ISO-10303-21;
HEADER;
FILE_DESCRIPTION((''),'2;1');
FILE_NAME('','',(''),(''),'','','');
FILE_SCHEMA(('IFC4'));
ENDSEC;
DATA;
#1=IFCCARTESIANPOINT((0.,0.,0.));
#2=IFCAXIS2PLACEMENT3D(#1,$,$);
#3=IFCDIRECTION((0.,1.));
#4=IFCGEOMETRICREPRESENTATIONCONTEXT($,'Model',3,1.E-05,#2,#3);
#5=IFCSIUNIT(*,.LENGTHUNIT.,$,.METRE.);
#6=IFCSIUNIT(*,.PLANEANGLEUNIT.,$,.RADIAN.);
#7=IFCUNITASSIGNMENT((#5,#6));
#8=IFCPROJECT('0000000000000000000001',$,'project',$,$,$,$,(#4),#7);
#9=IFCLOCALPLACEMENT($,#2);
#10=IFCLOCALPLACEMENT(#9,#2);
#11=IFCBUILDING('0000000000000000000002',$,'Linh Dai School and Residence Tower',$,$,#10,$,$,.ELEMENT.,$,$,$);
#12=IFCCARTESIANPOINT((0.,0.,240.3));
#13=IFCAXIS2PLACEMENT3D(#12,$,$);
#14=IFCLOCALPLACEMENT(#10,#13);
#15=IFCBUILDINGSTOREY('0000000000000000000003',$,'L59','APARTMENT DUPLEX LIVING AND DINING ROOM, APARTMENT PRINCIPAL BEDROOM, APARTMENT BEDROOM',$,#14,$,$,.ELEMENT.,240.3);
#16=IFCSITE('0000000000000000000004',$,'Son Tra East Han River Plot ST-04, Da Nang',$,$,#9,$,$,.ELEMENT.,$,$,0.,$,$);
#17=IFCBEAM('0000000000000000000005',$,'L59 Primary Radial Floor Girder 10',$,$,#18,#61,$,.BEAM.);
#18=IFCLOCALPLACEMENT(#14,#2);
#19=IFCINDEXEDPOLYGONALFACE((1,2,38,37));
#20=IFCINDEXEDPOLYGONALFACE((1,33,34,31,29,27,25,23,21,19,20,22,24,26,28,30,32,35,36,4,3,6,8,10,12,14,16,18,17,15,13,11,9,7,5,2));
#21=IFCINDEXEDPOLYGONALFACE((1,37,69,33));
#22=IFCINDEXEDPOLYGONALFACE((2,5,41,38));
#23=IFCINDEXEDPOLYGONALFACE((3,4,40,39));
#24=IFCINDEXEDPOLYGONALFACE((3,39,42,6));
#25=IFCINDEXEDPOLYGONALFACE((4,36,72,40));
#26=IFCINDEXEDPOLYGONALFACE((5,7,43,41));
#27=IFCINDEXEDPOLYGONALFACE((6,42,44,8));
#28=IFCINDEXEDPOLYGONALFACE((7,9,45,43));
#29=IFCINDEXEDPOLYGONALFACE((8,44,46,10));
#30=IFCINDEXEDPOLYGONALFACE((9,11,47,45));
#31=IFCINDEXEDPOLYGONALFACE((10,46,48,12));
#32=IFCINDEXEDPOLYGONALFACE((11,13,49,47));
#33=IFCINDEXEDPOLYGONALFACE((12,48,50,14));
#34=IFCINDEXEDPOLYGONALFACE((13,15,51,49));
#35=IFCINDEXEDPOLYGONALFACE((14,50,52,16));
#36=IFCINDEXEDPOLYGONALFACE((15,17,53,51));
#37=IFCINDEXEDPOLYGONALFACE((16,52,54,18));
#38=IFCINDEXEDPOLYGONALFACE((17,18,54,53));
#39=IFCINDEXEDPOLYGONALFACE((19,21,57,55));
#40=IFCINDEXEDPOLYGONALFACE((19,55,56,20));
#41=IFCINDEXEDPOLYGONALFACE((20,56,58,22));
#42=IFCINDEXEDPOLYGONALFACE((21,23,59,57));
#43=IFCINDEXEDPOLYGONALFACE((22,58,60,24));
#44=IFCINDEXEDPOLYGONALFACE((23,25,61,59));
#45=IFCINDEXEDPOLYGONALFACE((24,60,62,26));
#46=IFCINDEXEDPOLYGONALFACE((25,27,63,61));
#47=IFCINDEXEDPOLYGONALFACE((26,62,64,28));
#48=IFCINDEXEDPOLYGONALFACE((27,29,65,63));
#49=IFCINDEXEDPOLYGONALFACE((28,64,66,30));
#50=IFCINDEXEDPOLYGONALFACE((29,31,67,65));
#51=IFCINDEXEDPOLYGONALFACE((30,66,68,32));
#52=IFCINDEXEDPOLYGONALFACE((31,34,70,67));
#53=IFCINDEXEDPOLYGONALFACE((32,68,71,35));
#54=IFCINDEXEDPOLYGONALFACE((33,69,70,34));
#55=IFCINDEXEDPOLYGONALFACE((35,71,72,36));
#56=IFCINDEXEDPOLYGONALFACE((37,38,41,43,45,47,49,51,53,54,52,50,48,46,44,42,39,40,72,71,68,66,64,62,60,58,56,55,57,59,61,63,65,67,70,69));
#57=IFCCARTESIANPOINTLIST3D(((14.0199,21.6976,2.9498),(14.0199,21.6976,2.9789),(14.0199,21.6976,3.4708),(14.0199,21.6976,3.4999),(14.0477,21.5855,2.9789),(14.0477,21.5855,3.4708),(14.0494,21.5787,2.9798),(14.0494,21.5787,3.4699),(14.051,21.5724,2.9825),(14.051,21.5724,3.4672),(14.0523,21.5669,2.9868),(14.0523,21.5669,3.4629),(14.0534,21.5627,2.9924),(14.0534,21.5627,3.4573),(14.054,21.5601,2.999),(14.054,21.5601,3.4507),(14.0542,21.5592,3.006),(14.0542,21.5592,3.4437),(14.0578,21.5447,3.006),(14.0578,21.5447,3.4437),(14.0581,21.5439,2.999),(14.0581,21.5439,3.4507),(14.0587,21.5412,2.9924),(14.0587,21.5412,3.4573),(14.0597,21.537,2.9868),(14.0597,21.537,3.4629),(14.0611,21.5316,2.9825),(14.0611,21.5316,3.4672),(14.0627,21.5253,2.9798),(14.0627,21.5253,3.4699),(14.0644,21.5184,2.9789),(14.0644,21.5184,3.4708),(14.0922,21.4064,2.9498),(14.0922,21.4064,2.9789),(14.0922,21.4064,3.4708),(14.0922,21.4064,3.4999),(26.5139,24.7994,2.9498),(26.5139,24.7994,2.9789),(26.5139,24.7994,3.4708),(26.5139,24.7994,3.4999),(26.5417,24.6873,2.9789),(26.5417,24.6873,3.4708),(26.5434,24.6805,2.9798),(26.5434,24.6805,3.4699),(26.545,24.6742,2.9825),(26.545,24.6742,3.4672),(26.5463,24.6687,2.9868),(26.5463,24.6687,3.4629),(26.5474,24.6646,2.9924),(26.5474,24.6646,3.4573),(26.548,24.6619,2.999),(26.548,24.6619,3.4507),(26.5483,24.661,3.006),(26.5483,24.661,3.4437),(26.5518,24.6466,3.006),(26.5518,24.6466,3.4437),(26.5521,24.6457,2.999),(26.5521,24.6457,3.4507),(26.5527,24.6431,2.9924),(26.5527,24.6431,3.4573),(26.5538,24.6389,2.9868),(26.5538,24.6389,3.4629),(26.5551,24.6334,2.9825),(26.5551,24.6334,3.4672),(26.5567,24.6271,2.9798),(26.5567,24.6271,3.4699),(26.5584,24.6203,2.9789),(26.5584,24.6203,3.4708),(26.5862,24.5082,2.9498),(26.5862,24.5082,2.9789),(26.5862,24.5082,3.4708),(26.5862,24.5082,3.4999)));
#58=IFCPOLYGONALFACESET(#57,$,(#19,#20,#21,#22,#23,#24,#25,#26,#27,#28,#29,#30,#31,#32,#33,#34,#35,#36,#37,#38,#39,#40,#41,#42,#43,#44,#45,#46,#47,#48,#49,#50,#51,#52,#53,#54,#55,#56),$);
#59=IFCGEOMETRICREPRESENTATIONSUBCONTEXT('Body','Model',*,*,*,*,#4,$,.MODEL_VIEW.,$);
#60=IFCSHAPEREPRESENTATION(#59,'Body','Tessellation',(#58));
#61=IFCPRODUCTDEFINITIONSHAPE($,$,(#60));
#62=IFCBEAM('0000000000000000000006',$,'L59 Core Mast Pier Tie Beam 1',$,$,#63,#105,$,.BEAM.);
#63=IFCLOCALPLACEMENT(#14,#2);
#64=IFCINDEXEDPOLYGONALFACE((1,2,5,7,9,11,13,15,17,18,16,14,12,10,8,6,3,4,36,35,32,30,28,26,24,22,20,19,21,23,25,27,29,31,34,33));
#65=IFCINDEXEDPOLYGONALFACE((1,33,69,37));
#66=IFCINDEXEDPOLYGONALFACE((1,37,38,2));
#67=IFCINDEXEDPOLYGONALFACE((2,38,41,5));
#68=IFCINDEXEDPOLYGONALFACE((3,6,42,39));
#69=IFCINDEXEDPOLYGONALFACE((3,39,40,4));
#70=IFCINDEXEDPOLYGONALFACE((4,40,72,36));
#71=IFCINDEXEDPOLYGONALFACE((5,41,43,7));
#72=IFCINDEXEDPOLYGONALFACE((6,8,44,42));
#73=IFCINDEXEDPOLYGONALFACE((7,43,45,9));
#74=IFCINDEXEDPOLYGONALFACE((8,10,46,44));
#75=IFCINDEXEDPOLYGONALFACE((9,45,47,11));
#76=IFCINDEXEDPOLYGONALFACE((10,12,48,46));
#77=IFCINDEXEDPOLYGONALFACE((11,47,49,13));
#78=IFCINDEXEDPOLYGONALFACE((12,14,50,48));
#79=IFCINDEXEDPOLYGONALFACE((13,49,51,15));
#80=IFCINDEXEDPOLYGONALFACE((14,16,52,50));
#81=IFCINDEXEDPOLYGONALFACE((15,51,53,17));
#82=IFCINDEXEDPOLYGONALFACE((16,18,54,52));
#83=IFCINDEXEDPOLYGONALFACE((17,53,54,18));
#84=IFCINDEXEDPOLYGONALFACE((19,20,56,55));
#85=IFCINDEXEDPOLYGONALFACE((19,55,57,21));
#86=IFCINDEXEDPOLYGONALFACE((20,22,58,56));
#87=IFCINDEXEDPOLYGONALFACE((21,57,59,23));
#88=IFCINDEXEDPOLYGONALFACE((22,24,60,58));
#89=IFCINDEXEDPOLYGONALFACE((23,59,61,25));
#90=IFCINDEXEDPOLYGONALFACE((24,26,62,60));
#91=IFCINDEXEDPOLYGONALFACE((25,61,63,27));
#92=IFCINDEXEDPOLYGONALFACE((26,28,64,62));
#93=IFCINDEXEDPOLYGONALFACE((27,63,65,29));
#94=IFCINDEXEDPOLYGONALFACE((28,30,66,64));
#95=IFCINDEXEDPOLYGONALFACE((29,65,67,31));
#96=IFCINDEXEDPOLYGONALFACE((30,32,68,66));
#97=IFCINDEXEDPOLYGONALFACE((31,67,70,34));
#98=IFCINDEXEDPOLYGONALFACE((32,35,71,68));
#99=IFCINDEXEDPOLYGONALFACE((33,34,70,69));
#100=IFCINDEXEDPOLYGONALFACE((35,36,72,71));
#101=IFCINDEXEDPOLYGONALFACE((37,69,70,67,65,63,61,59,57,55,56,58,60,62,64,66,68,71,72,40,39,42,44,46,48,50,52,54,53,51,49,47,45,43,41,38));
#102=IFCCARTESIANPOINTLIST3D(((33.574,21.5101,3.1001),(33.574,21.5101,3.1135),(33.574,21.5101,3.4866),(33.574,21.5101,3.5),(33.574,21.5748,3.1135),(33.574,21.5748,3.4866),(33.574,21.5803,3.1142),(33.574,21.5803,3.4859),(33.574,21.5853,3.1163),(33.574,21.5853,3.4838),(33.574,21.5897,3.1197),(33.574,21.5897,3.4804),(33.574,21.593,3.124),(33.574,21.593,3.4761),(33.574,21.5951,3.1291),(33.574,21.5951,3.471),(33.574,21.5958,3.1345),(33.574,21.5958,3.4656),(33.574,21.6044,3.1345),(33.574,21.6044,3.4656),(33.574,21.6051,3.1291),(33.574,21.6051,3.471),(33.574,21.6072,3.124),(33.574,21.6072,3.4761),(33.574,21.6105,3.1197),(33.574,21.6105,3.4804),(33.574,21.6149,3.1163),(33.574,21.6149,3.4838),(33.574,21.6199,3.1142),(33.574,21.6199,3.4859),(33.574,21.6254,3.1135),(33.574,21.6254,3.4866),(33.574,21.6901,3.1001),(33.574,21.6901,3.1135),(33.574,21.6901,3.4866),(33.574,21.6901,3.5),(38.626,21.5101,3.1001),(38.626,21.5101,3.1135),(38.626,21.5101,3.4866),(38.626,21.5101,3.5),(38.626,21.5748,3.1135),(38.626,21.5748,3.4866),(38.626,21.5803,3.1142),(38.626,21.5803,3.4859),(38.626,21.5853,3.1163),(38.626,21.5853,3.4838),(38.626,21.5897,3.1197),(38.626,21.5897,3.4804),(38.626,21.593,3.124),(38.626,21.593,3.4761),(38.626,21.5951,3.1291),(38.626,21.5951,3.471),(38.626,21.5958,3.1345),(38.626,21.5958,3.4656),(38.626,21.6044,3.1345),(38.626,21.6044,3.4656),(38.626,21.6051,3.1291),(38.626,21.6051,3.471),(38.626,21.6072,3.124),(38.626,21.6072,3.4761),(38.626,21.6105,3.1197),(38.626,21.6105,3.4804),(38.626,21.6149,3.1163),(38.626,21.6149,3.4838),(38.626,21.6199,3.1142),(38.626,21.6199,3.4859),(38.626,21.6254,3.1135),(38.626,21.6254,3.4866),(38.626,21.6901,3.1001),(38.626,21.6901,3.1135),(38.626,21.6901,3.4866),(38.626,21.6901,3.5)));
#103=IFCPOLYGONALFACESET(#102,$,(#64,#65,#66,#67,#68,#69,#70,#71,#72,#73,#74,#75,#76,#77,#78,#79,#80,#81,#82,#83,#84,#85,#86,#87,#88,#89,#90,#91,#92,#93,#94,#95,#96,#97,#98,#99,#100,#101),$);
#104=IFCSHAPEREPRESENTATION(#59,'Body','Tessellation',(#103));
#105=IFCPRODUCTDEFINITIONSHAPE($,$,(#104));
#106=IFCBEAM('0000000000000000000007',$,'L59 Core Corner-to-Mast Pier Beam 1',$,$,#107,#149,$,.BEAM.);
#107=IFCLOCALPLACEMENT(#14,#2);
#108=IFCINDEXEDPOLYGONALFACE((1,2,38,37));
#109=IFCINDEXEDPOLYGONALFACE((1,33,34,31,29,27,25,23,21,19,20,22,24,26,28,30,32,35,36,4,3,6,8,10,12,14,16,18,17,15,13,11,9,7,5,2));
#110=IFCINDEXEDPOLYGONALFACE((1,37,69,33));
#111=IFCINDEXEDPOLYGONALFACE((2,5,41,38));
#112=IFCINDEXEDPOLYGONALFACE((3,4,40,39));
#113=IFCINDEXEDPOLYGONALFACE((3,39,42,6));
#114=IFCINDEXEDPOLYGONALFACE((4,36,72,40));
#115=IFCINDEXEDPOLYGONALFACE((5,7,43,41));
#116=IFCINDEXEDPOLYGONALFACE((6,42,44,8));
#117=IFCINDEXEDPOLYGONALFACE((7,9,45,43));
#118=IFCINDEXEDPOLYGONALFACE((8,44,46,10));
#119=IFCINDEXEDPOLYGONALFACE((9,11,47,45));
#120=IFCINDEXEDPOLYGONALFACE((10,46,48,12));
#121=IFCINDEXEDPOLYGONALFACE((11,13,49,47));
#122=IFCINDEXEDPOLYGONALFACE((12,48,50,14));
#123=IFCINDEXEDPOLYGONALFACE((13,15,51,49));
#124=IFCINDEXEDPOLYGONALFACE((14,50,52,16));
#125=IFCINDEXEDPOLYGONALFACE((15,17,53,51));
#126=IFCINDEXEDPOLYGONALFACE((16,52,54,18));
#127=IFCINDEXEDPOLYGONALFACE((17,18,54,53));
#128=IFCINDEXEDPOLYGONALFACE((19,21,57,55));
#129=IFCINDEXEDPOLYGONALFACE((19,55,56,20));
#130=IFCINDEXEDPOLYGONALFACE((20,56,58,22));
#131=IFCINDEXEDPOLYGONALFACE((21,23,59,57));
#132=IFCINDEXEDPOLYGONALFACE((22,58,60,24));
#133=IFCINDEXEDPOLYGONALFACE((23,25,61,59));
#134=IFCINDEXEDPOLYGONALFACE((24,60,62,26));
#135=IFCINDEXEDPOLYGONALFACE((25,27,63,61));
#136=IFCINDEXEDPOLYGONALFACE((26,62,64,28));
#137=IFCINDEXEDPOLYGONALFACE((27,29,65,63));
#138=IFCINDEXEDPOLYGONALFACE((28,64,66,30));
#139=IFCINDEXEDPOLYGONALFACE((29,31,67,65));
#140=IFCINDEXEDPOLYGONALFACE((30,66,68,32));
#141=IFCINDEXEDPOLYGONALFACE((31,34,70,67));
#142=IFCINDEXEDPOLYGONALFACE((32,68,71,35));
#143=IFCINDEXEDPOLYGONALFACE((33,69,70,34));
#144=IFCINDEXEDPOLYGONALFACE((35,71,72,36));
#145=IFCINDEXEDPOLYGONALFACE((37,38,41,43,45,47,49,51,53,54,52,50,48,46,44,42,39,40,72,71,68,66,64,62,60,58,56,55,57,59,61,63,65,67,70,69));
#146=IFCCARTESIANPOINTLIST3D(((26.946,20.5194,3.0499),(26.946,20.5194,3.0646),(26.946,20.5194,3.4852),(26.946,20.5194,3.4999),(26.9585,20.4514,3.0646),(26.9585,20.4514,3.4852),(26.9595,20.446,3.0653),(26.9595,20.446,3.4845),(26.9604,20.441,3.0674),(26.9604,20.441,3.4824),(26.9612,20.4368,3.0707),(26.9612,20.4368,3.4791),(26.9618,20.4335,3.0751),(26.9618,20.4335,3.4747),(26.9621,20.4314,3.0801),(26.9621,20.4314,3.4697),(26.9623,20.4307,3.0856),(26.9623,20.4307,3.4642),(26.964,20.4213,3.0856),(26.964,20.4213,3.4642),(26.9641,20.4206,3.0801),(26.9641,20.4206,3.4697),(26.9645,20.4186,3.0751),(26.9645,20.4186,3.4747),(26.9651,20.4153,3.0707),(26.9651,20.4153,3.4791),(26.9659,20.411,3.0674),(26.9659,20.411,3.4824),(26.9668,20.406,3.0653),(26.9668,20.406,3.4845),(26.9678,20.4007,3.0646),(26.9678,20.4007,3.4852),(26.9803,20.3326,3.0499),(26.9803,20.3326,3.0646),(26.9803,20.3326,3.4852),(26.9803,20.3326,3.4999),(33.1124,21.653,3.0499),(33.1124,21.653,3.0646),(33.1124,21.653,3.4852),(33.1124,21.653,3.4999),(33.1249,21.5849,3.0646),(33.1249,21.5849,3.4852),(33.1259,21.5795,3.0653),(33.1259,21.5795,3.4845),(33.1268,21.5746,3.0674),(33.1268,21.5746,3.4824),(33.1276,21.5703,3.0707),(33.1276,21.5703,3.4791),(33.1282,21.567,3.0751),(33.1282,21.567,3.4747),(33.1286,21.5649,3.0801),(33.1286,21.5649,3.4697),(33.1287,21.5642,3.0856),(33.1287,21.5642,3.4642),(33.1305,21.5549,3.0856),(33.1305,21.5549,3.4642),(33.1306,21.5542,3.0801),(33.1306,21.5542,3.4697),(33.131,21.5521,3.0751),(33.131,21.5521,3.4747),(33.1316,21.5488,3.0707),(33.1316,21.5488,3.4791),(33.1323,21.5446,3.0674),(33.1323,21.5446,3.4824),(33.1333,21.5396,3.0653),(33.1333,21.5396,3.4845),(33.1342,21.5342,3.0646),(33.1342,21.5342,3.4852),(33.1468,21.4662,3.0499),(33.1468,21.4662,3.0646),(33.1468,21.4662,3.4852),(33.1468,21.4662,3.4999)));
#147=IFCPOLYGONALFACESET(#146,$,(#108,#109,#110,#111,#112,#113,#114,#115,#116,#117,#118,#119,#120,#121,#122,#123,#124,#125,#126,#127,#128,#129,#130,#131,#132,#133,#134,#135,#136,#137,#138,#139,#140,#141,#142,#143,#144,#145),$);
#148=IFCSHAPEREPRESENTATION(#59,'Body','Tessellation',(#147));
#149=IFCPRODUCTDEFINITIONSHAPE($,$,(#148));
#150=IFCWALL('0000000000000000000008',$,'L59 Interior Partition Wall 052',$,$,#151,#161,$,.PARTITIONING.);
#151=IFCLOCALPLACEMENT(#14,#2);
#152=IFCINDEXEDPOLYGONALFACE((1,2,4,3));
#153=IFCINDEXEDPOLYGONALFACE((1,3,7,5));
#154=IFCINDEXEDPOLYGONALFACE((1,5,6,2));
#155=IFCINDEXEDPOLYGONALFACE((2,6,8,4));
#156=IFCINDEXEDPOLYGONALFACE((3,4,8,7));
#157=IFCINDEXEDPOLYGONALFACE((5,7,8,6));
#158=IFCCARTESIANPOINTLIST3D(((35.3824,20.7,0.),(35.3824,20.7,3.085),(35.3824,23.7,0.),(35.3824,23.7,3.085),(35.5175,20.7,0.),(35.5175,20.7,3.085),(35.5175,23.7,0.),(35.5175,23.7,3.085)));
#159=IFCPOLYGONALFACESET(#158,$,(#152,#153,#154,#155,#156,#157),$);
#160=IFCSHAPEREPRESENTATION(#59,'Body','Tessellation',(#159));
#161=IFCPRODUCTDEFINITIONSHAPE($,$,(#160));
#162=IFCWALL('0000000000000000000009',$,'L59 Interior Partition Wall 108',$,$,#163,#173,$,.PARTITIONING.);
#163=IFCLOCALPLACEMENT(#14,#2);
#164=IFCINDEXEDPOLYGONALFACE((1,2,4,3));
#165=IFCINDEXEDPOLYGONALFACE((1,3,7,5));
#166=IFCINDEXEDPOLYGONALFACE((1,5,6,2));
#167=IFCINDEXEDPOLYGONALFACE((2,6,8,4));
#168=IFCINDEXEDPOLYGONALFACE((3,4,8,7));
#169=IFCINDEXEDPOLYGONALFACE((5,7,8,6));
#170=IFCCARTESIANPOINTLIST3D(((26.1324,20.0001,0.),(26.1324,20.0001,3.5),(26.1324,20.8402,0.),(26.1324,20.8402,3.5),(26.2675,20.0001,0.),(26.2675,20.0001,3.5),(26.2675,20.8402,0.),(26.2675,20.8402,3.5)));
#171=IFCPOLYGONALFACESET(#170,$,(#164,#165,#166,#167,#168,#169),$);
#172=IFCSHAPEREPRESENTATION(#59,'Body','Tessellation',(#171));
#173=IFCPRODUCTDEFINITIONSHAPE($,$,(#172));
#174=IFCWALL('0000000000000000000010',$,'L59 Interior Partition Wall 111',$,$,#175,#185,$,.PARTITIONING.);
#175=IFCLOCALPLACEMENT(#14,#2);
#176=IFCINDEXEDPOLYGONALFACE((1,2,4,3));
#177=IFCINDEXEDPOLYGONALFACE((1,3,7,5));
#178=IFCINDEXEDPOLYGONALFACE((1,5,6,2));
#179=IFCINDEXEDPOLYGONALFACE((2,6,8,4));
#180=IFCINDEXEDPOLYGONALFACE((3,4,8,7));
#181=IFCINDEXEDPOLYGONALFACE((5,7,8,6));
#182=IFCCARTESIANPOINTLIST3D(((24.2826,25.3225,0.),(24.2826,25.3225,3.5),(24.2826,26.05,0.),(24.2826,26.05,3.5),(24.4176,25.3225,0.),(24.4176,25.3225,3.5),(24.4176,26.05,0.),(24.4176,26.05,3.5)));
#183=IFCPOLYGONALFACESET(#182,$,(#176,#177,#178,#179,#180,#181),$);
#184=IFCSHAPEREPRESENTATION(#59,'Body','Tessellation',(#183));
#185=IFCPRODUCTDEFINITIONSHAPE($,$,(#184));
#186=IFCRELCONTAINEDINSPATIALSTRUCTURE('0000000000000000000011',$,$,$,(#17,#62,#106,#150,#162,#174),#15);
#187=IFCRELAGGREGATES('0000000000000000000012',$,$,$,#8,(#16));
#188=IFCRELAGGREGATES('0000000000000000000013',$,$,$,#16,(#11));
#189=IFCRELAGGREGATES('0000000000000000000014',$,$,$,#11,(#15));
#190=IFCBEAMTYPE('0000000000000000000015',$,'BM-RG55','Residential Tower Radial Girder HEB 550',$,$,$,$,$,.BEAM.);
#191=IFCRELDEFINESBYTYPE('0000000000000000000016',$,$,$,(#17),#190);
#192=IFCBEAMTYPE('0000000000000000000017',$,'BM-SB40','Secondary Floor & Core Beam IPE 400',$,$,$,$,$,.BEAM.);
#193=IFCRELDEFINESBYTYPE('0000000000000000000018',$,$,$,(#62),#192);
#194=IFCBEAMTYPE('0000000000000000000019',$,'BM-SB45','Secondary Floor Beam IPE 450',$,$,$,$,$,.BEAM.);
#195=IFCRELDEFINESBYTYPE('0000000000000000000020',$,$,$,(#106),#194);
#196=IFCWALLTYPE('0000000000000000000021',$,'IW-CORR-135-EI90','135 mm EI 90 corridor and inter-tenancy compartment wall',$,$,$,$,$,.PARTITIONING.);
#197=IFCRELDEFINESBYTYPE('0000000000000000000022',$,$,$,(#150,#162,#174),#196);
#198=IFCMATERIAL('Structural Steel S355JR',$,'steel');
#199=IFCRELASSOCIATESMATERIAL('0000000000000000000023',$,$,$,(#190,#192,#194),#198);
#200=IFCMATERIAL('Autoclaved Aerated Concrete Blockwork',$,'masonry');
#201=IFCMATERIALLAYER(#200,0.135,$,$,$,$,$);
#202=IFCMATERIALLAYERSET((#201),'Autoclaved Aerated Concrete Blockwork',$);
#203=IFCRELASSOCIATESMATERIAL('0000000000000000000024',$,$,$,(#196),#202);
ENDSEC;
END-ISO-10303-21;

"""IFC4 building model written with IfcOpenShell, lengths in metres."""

from ifc_helpers import new_model, si_unit, direction, frame, frame_2d, origin, origin_2d, place, context, subcontext, project, spatial, rectangle, i_section, extrude, material, layer, layer_set, material_profile, profile_set, type_object, element, save


model = new_model("IFC4")

# Units and contexts
model_context = context("Model", 3, precision=1e-05, world=origin(), true_north=direction((0.0, 1.0)))
body_context = subcontext(model_context, "Body", "Model", "MODEL_VIEW")
ifc_project = project(units=[si_unit("LENGTHUNIT", "METRE"), si_unit("PLANEANGLEUNIT", "RADIAN")], contexts=[model_context])

# Site, building, storey
site_placement = place(None, origin())
site = spatial("IfcSite", under=ifc_project, at=site_placement, Name="Son Tra East Han River Plot ST-04, Da Nang", CompositionType="ELEMENT", RefElevation=0.0)
building_placement = place(site_placement, origin())
building = spatial("IfcBuilding", under=site, at=building_placement, Name="Linh Dai School and Residence Tower", CompositionType="ELEMENT")
storey_placement = place(building_placement, frame((0.0, 0.0, 240.3)))
storey = spatial("IfcBuildingStorey", under=building, at=storey_placement, Name="L59", Description="APARTMENT DUPLEX LIVING AND DINING ROOM, APARTMENT PRINCIPAL BEDROOM, APARTMENT BEDROOM", CompositionType="ELEMENT", Elevation=240.3)

# Shared definitions
ifc_material_1 = material(Name="Structural Steel S355JR", Category="steel")

# Beams
ifc_material_profile_1 = material_profile(ifc_material_1, i_section(OverallWidth=0.3, OverallDepth=0.55, WebThickness=0.0149, FlangeThickness=0.0291, FilletRadius=0.0271, at=origin_2d()), Name="HEB 550")
ifc_profile_set_1 = profile_set([ifc_material_profile_1], Name="Structural Steel S355JR")
beam_type_1 = type_object("IfcBeamType", Name="BM-RG55", Description="Residential Tower Radial Girder HEB 550", PredefinedType="BEAM", material=ifc_profile_set_1)
beam_1_placement = place(storey_placement, frame((26.55, 24.6538, 3.2249), z_axis=(-0.970537, -0.240951, 0.0), x_axis=(0.240951, -0.970537, 0.0)))
element("IfcBeam", 1, at=beam_1_placement, inside=storey, type_object=beam_type_1, Name="L59 Primary Radial Floor Girder 10", PredefinedType="BEAM", context=body_context, shape_type="SweptSolid", body=[
    extrude(i_section(OverallWidth=0.3, OverallDepth=0.55, WebThickness=0.0149, FlangeThickness=0.0291, FilletRadius=0.0271, at=origin_2d()), origin(), (0.0, 0.0, 1.0), 12.8733),
])
ifc_material_profile_2 = material_profile(ifc_material_1, i_section(OverallWidth=0.1799, OverallDepth=0.3999, WebThickness=0.0085, FlangeThickness=0.0134, FilletRadius=0.021, at=origin_2d()), Name="IPE 400")
ifc_profile_set_2 = profile_set([ifc_material_profile_2], Name="Structural Steel S355JR")
beam_type_2 = type_object("IfcBeamType", Name="BM-SB40", Description="Secondary Floor & Core Beam IPE 400", PredefinedType="BEAM", material=ifc_profile_set_2)
beam_2_placement = place(storey_placement, frame((33.574, 21.6001, 3.3), z_axis=(1.0, 0.0, 0.0), x_axis=(0.0, 1.0, 0.0)))
element("IfcBeam", 2, at=beam_2_placement, inside=storey, type_object=beam_type_2, Name="L59 Core Mast Pier Tie Beam 1", PredefinedType="BEAM", context=body_context, shape_type="SweptSolid", body=[
    extrude(i_section(OverallWidth=0.1799, OverallDepth=0.3999, WebThickness=0.0085, FlangeThickness=0.0134, FilletRadius=0.021, at=origin_2d()), origin(), (0.0, 0.0, 1.0), 5.052),
])
ifc_material_profile_3 = material_profile(ifc_material_1, i_section(OverallWidth=0.1899, OverallDepth=0.45, WebThickness=0.0095, FlangeThickness=0.0146, FilletRadius=0.021, at=origin_2d()), Name="IPE 450")
ifc_profile_set_3 = profile_set([ifc_material_profile_3], Name="Structural Steel S355JR")
beam_type_3 = type_object("IfcBeamType", Name="BM-SB45", Description="Secondary Floor Beam IPE 450", PredefinedType="BEAM", material=ifc_profile_set_3)
beam_3_placement = place(storey_placement, frame((26.9631, 20.426, 3.2749), z_axis=(0.983521, 0.180794, 0.0), x_axis=(-0.180794, 0.983521, 0.0)))
element("IfcBeam", 3, at=beam_3_placement, inside=storey, type_object=beam_type_3, Name="L59 Core Corner-to-Mast Pier Beam 1", PredefinedType="BEAM", context=body_context, shape_type="SweptSolid", body=[
    extrude(i_section(OverallWidth=0.1899, OverallDepth=0.45, WebThickness=0.0095, FlangeThickness=0.0146, FilletRadius=0.021, at=origin_2d()), origin(), (0.0, 0.0, 1.0), 6.2698),
])

# Wall
ifc_material_2 = material(Name="Autoclaved Aerated Concrete Blockwork", Category="masonry")
ifc_layer_1 = layer(ifc_material_2, 0.135)
ifc_layer_set_1 = layer_set([ifc_layer_1], Name="Autoclaved Aerated Concrete Blockwork")
wall_type_1 = type_object("IfcWallType", Name="IW-CORR-135-EI90", Description="135 mm EI 90 corridor and inter-tenancy compartment wall", PredefinedType="PARTITIONING", material=ifc_layer_set_1)
wall_1_placement = place(storey_placement, frame((35.45, 20.7, 0.0), z_axis=(0.0, 0.0, 1.0), x_axis=(0.0, 1.0, 0.0)))
element("IfcWall", 4, at=wall_1_placement, inside=storey, type_object=wall_type_1, Name="L59 Interior Partition Wall 052", PredefinedType="PARTITIONING", context=body_context, shape_type="SweptSolid", body=[
    extrude(rectangle(XDim=3.0, YDim=0.135, at=frame_2d((1.5, 0.0))), origin(), (0.0, 0.0, 1.0), 3.085),
])

# Walls
wall_2_placement = place(storey_placement, frame((26.2, 20.8401, 0.0), z_axis=(0.0, 0.0, 1.0), x_axis=(0.0, -1.0, 0.0)))
element("IfcWall", 5, at=wall_2_placement, inside=storey, type_object=wall_type_1, Name="L59 Interior Partition Wall 108", PredefinedType="PARTITIONING", context=body_context, shape_type="SweptSolid", body=[
    extrude(rectangle(XDim=0.8401, YDim=0.135, at=frame_2d((0.4199, 0.0))), origin(), (0.0, 0.0, 1.0), 3.5),
])
wall_3_placement = place(storey_placement, frame((24.3501, 25.3225, 0.0), z_axis=(0.0, 0.0, 1.0), x_axis=(0.0, 1.0, 0.0)))
element("IfcWall", 6, at=wall_3_placement, inside=storey, type_object=wall_type_1, Name="L59 Interior Partition Wall 111", PredefinedType="PARTITIONING", context=body_context, shape_type="SweptSolid", body=[
    extrude(rectangle(XDim=0.7275, YDim=0.135, at=frame_2d((0.3638, 0.0))), origin(), (0.0, 0.0, 1.0), 3.5),
])

save(model, "model.ifc")
